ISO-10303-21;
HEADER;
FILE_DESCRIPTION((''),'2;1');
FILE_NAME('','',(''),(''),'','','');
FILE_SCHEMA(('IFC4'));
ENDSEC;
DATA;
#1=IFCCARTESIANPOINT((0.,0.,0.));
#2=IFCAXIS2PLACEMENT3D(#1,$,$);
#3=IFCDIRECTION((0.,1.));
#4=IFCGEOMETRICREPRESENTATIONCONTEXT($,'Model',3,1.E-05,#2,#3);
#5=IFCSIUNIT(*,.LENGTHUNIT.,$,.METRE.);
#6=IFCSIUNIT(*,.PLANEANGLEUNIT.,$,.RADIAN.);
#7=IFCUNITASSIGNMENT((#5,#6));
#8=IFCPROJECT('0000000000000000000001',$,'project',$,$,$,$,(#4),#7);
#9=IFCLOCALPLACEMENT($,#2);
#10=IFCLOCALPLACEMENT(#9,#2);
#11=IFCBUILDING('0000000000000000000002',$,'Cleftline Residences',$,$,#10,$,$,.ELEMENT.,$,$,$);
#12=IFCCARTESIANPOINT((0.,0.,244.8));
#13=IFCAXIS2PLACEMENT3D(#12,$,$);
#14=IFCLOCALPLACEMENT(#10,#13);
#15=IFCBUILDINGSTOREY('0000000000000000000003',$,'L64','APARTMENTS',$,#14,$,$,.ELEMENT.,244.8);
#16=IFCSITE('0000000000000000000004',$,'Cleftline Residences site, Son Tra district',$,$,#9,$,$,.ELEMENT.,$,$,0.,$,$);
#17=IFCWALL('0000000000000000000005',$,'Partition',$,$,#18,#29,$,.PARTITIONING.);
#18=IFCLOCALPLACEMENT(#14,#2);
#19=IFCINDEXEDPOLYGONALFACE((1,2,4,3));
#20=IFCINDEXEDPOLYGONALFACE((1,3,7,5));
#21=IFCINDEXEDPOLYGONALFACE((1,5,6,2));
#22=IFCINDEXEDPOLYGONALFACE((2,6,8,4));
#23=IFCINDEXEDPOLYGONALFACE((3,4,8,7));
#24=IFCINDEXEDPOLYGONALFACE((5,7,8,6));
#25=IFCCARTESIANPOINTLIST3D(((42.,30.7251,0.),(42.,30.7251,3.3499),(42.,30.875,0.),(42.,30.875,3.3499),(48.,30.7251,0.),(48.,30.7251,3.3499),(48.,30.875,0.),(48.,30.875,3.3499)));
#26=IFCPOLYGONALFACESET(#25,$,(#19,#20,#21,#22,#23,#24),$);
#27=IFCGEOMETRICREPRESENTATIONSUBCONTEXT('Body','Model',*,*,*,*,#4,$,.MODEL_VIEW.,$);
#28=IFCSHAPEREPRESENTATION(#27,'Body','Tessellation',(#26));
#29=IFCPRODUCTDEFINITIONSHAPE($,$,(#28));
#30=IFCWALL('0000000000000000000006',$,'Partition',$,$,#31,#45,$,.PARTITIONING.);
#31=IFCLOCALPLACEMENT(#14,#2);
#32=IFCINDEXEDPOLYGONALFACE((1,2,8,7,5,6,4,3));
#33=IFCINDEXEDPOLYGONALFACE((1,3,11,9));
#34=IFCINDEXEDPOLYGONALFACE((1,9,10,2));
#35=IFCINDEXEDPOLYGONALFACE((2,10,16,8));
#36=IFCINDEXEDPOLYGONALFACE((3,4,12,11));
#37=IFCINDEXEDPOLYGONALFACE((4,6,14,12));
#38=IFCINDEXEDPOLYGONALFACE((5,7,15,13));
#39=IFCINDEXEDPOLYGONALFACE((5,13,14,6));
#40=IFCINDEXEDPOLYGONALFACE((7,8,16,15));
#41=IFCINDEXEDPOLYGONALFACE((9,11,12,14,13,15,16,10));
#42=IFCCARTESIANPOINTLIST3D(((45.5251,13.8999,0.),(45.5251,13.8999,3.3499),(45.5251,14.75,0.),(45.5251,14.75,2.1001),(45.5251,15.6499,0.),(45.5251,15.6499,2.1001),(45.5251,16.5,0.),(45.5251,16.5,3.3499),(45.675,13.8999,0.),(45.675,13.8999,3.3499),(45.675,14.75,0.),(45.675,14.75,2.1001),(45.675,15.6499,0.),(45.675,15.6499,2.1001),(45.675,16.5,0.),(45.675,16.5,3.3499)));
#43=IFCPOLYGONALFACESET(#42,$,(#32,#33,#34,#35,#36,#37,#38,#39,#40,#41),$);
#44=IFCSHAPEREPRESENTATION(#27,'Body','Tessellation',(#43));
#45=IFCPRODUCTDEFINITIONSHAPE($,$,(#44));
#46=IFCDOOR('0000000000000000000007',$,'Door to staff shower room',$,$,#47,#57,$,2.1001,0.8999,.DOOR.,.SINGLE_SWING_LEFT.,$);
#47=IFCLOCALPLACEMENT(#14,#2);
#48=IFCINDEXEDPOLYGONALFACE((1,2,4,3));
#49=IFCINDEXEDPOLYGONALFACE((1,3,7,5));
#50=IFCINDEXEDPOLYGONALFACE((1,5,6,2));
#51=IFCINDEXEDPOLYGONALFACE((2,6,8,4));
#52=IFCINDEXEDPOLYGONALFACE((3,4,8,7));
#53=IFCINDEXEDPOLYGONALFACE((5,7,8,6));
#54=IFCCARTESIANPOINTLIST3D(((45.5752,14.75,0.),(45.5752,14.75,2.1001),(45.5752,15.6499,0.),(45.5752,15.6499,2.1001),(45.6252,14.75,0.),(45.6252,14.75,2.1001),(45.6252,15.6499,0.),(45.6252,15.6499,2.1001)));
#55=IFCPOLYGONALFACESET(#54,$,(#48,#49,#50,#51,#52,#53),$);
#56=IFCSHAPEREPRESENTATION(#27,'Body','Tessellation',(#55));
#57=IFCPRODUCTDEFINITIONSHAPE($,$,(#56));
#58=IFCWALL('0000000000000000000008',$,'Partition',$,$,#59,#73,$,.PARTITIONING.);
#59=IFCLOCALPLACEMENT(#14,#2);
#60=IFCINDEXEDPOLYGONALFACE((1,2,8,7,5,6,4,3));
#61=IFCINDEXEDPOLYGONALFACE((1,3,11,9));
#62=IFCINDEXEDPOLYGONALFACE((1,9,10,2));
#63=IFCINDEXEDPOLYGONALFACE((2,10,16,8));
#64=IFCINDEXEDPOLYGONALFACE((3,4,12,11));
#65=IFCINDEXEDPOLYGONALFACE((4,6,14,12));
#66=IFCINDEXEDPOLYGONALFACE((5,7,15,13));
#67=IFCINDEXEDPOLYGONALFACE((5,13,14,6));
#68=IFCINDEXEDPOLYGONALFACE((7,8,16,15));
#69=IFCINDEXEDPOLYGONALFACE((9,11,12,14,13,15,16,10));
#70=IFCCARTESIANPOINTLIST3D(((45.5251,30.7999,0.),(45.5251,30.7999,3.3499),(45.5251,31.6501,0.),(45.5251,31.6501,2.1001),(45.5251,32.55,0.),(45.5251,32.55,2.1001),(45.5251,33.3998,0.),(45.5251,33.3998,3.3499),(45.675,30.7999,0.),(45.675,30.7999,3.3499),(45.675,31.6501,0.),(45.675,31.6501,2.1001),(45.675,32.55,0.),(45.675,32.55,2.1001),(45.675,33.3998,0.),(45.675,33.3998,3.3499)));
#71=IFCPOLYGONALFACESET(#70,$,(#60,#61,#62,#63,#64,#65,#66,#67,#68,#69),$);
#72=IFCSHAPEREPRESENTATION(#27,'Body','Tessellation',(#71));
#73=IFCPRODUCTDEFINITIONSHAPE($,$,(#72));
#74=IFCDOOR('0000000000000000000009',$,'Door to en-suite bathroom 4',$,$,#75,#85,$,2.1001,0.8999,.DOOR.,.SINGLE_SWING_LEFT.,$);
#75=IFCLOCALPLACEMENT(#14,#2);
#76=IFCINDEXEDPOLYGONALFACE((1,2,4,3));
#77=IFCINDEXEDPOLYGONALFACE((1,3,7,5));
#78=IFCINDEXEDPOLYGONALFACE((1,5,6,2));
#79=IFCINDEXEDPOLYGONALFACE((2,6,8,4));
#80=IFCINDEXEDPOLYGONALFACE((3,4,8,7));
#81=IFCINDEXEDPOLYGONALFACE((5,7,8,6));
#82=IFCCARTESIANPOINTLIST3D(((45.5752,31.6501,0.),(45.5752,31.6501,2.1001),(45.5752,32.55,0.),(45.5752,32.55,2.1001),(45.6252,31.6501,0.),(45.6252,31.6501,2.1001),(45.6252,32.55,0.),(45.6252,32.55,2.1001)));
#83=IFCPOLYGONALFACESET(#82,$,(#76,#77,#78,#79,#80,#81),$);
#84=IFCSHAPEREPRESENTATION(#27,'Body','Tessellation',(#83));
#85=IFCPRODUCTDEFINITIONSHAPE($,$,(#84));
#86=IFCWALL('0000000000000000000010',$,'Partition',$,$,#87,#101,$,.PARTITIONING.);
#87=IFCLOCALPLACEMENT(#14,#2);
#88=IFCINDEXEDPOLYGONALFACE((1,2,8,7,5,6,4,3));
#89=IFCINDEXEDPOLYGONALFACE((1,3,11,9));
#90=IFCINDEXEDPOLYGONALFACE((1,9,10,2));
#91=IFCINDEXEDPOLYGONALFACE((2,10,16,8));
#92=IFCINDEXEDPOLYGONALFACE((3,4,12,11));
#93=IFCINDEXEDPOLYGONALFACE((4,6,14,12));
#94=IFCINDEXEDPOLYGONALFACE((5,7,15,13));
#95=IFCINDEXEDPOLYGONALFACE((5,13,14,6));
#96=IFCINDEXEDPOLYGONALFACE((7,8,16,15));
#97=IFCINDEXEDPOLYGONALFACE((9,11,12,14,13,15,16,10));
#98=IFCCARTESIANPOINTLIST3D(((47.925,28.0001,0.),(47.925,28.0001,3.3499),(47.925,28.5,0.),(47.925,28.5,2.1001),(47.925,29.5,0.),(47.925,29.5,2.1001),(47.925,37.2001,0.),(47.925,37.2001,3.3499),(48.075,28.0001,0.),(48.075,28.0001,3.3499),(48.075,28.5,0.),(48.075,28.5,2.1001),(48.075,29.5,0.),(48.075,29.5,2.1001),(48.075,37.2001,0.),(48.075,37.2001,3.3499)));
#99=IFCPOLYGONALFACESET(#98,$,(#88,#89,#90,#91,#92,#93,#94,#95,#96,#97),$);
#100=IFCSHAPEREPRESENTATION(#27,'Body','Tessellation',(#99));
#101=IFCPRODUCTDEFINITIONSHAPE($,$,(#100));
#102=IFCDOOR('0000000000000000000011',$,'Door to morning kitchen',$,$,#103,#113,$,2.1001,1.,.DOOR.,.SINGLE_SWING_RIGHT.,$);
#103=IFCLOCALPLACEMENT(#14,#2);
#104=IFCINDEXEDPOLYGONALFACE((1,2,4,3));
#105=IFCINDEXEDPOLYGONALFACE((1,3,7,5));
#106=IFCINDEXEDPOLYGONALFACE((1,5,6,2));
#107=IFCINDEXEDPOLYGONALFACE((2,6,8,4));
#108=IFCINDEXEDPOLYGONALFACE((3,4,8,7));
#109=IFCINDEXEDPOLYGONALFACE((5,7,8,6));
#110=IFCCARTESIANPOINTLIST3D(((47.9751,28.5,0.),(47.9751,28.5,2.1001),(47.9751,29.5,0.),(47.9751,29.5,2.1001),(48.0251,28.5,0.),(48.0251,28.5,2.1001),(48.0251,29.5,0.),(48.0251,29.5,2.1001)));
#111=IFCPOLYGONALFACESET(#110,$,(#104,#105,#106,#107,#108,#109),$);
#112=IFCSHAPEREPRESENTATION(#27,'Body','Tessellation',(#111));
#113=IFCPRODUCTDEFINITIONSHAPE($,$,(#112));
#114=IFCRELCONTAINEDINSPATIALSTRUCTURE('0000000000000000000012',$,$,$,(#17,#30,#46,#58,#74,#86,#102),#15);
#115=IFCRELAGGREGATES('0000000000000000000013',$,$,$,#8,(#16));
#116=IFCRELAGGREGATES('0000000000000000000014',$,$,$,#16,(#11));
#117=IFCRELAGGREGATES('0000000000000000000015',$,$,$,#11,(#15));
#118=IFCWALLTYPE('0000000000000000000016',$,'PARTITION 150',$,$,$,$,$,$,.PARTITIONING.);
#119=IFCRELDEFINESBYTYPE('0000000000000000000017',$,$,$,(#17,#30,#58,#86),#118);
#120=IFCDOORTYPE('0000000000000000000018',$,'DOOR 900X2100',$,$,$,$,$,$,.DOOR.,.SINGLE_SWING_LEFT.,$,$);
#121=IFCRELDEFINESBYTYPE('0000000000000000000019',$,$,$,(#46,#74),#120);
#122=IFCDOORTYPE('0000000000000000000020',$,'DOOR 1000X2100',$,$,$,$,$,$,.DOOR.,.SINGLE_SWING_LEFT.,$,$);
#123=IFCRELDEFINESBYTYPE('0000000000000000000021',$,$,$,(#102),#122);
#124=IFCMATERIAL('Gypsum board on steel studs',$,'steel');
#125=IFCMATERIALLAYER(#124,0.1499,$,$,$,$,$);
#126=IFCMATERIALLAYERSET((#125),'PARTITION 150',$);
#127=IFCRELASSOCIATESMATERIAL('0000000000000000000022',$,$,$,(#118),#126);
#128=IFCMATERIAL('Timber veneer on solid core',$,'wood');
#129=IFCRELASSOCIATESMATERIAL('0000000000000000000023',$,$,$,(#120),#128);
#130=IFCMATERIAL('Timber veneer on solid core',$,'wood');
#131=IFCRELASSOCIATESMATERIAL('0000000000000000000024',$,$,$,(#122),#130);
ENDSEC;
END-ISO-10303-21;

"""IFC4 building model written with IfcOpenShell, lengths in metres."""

from ifc_helpers import new_model, si_unit, direction, frame, frame_2d, origin, place, context, subcontext, project, spatial, rectangle, extrude, material, layer, layer_set, type_object, element, fill, save


model = new_model("IFC4")

# Units and contexts
model_context = context("Model", 3, precision=1e-05, world=origin(), true_north=direction((0.0, 1.0)))
body_context = subcontext(model_context, "Body", "Model", "MODEL_VIEW")
ifc_project = project(units=[si_unit("LENGTHUNIT", "METRE"), si_unit("PLANEANGLEUNIT", "RADIAN")], contexts=[model_context])

# Site, building, storey
site_placement = place(None, origin())
site = spatial("IfcSite", under=ifc_project, at=site_placement, Name="Cleftline Residences site, Son Tra district", CompositionType="ELEMENT", RefElevation=0.0)
building_placement = place(site_placement, origin())
building = spatial("IfcBuilding", under=site, at=building_placement, Name="Cleftline Residences", CompositionType="ELEMENT")
storey_placement = place(building_placement, frame((0.0, 0.0, 244.8)))
storey = spatial("IfcBuildingStorey", under=building, at=storey_placement, Name="L64", Description="APARTMENTS", CompositionType="ELEMENT", Elevation=244.8)

# Wall
ifc_material_1 = material(Name="Gypsum board on steel studs", Category="steel")
ifc_layer_1 = layer(ifc_material_1, 0.1499)
ifc_layer_set_1 = layer_set([ifc_layer_1], Name="PARTITION 150")
wall_type_1 = type_object("IfcWallType", Name="PARTITION 150", PredefinedType="PARTITIONING", material=ifc_layer_set_1)
for number, where, z_axis, x_axis, name in (
    (1, (42.0, 30.8, 0.0), (0.0, 0.0, 1.0), (1.0, 0.0, 0.0), "Partition"),
):
    element("IfcWall", number, at=place(storey_placement, frame(where, z_axis=z_axis, x_axis=x_axis)), inside=storey, type_object=wall_type_1, Name=name, PredefinedType="PARTITIONING", context=body_context, shape_type="SweptSolid", body=[
        extrude(rectangle(XDim=6.0, YDim=0.1499, at=frame_2d((3.0, 0.0))), origin(), (0.0, 0.0, 1.0), 3.3499),
    ])

# Walls, openings, doors
wall_1_placement = place(storey_placement, frame((45.6001, 13.8999, 0.0), z_axis=(0.0, 0.0, 1.0), x_axis=(0.0, 1.0, 0.0)))
wall_1 = element("IfcWall", 2, at=wall_1_placement, inside=storey, type_object=wall_type_1, Name="Partition", PredefinedType="PARTITIONING", context=body_context, shape_type="SweptSolid", body=[
    extrude(rectangle(XDim=2.6001, YDim=0.1499, at=frame_2d((1.3, 0.0))), origin(), (0.0, 0.0, 1.0), 3.3499),
])
opening_1_placement = place(wall_1_placement, frame((0.8501, 0.0, 0.0)))
opening_1 = element("IfcOpeningElement", 3, at=opening_1_placement, cuts=wall_1, PredefinedType="OPENING", context=body_context, shape_type="SweptSolid", body=[
    extrude(rectangle(XDim=0.8999, YDim=2.1001, at=frame_2d((0.45, 1.05))), frame((0.0, 0.085, 0.0), z_axis=(0.0, -1.0, 0.0), x_axis=(1.0, 0.0, 0.0)), (0.0, 0.0, 1.0), 0.1699),
])
ifc_material_2 = material(Name="Timber veneer on solid core", Category="wood")
door_type_1 = type_object("IfcDoorType", Name="DOOR 900X2100", OperationType="SINGLE_SWING_LEFT", PredefinedType="DOOR", material=ifc_material_2)
door_1_placement = place(opening_1_placement, origin())
door_1 = element("IfcDoor", 4, at=door_1_placement, inside=storey, type_object=door_type_1, Name="Door to staff shower room", OperationType="SINGLE_SWING_LEFT", OverallHeight=2.1001, OverallWidth=0.8999, PredefinedType="DOOR", context=body_context, shape_type="SweptSolid", body=[
    extrude(rectangle(XDim=0.8999, YDim=2.1001, at=frame_2d((0.45, 1.05))), frame((0.0, 0.0249, 0.0), z_axis=(0.0, -1.0, 0.0), x_axis=(1.0, 0.0, 0.0)), (0.0, 0.0, 1.0), 0.05),
])
fill(opening_1, door_1)
wall_2_placement = place(storey_placement, frame((45.6001, 30.8, 0.0), z_axis=(0.0, 0.0, 1.0), x_axis=(0.0, 1.0, 0.0)))
wall_2 = element("IfcWall", 5, at=wall_2_placement, inside=storey, type_object=wall_type_1, Name="Partition", PredefinedType="PARTITIONING", context=body_context, shape_type="SweptSolid", body=[
    extrude(rectangle(XDim=2.5999, YDim=0.1499, at=frame_2d((1.2998, 0.0))), origin(), (0.0, 0.0, 1.0), 3.3499),
])
opening_2_placement = place(wall_2_placement, frame((0.8501, 0.0, 0.0)))
opening_2 = element("IfcOpeningElement", 6, at=opening_2_placement, cuts=wall_2, PredefinedType="OPENING", context=body_context, shape_type="SweptSolid", body=[
    extrude(rectangle(XDim=0.8999, YDim=2.1001, at=frame_2d((0.45, 1.05))), frame((0.0, 0.085, 0.0), z_axis=(0.0, -1.0, 0.0), x_axis=(1.0, 0.0, 0.0)), (0.0, 0.0, 1.0), 0.1699),
])
door_2_placement = place(opening_2_placement, origin())
door_2 = element("IfcDoor", 7, at=door_2_placement, inside=storey, type_object=door_type_1, Name="Door to en-suite bathroom 4", OperationType="SINGLE_SWING_LEFT", OverallHeight=2.1001, OverallWidth=0.8999, PredefinedType="DOOR", context=body_context, shape_type="SweptSolid", body=[
    extrude(rectangle(XDim=0.8999, YDim=2.1001, at=frame_2d((0.45, 1.05))), frame((0.0, 0.0249, 0.0), z_axis=(0.0, -1.0, 0.0), x_axis=(1.0, 0.0, 0.0)), (0.0, 0.0, 1.0), 0.05),
])
fill(opening_2, door_2)
wall_3_placement = place(storey_placement, frame((48.0, 28.0, 0.0), z_axis=(0.0, 0.0, 1.0), x_axis=(0.0, 1.0, 0.0)))
wall_3 = element("IfcWall", 8, at=wall_3_placement, inside=storey, type_object=wall_type_1, Name="Partition", PredefinedType="PARTITIONING", context=body_context, shape_type="SweptSolid", body=[
    extrude(rectangle(XDim=9.2, YDim=0.1499, at=frame_2d((4.6001, 0.0))), origin(), (0.0, 0.0, 1.0), 3.3499),
])
opening_3_placement = place(wall_3_placement, frame((0.5, 0.0, 0.0)))
opening_3 = element("IfcOpeningElement", 9, at=opening_3_placement, cuts=wall_3, PredefinedType="OPENING", context=body_context, shape_type="SweptSolid", body=[
    extrude(rectangle(XDim=1.0, YDim=2.1001, at=frame_2d((0.5, 1.05))), frame((0.0, 0.085, 0.0), z_axis=(0.0, -1.0, 0.0), x_axis=(1.0, 0.0, 0.0)), (0.0, 0.0, 1.0), 0.1699),
])
ifc_material_3 = material(Name="Timber veneer on solid core", Category="wood")
door_type_2 = type_object("IfcDoorType", Name="DOOR 1000X2100", OperationType="SINGLE_SWING_LEFT", PredefinedType="DOOR", material=ifc_material_3)
door_3_placement = place(opening_3_placement, origin())
door_3 = element("IfcDoor", 10, at=door_3_placement, inside=storey, type_object=door_type_2, Name="Door to morning kitchen", OperationType="SINGLE_SWING_RIGHT", OverallHeight=2.1001, OverallWidth=1.0, PredefinedType="DOOR", context=body_context, shape_type="SweptSolid", body=[
    extrude(rectangle(XDim=1.0, YDim=2.1001, at=frame_2d((0.5, 1.05))), frame((0.0, 0.0249, 0.0), z_axis=(0.0, -1.0, 0.0), x_axis=(1.0, 0.0, 0.0)), (0.0, 0.0, 1.0), 0.05),
])
fill(opening_3, door_3)

save(model, "model.ifc")
